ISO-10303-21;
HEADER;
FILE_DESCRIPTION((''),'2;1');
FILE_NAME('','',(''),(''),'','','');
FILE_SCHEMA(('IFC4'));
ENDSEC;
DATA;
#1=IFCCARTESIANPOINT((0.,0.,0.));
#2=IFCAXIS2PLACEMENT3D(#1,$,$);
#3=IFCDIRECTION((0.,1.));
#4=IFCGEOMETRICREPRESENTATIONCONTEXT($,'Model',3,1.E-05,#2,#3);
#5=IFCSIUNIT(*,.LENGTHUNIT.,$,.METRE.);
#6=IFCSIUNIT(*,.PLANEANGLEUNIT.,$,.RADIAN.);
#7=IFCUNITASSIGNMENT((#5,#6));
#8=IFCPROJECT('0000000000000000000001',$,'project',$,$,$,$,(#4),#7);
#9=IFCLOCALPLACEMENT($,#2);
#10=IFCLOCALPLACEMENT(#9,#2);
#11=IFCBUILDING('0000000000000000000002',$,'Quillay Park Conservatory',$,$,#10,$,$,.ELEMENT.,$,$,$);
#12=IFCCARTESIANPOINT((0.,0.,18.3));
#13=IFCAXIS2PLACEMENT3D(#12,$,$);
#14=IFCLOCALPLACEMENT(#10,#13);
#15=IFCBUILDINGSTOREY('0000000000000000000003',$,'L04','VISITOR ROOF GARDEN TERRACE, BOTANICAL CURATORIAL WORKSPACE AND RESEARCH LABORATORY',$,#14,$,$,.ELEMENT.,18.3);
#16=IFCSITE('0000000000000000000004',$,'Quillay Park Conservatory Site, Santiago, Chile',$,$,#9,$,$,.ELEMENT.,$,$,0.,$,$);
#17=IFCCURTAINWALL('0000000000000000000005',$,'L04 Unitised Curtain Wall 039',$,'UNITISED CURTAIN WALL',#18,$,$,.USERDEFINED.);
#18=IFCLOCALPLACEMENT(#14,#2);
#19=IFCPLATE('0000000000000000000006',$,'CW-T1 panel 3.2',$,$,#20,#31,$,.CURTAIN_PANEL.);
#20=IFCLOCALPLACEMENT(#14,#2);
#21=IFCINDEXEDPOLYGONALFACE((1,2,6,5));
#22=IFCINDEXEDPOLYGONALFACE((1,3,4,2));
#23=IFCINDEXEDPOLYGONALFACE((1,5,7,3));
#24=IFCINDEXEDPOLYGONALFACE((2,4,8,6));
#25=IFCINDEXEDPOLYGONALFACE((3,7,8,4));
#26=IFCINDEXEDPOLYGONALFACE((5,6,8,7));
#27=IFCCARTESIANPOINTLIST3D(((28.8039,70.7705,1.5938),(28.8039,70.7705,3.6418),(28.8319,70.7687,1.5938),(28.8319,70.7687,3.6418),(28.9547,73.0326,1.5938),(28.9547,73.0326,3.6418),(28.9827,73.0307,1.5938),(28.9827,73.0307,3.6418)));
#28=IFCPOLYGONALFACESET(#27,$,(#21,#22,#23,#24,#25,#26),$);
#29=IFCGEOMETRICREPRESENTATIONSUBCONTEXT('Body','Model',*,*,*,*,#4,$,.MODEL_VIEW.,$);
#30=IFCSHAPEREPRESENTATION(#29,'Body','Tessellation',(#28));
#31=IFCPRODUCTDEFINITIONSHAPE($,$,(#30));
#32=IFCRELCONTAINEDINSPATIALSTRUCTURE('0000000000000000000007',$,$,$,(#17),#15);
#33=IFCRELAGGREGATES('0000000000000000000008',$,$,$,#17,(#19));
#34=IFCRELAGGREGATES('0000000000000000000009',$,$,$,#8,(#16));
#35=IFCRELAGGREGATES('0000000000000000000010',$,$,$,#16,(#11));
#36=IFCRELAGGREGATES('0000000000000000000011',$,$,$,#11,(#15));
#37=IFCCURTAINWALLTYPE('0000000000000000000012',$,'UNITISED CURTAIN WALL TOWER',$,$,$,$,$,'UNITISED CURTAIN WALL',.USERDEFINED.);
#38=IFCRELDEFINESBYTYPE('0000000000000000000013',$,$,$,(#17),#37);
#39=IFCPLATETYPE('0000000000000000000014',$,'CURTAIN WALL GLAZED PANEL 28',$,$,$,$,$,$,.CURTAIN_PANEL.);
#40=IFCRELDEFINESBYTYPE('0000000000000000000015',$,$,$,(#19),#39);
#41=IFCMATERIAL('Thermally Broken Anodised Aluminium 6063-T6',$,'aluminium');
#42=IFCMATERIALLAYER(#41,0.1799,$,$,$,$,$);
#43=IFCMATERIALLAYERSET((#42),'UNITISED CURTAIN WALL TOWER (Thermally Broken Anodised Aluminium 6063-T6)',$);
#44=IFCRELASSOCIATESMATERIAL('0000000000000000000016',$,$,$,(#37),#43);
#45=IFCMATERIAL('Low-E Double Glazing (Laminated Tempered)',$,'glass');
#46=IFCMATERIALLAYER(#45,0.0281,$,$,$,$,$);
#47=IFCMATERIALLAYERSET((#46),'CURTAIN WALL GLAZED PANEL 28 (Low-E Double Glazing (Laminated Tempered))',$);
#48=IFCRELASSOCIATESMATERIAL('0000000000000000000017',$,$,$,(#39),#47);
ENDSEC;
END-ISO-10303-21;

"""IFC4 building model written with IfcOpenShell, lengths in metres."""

from ifc_helpers import new_model, si_unit, direction, frame, origin, origin_2d, place, context, subcontext, project, spatial, rectangle, extrude, material, layer, layer_set, type_object, element, aggregate, save


model = new_model("IFC4")

# Units and contexts
model_context = context("Model", 3, precision=1e-05, world=origin(), true_north=direction((0.0, 1.0)))
body_context = subcontext(model_context, "Body", "Model", "MODEL_VIEW")
ifc_project = project(units=[si_unit("LENGTHUNIT", "METRE"), si_unit("PLANEANGLEUNIT", "RADIAN")], contexts=[model_context])

# Site, building, storey
site_placement = place(None, origin())
site = spatial("IfcSite", under=ifc_project, at=site_placement, Name="Quillay Park Conservatory Site, Santiago, Chile", CompositionType="ELEMENT", RefElevation=0.0)
building_placement = place(site_placement, origin())
building = spatial("IfcBuilding", under=site, at=building_placement, Name="Quillay Park Conservatory", CompositionType="ELEMENT")
storey_placement = place(building_placement, frame((0.0, 0.0, 18.3)))
storey = spatial("IfcBuildingStorey", under=building, at=storey_placement, Name="L04", Description="VISITOR ROOF GARDEN TERRACE, BOTANICAL CURATORIAL WORKSPACE AND RESEARCH LABORATORY", CompositionType="ELEMENT", Elevation=18.3)

# Curtain wall
ifc_material_1 = material(Name="Thermally Broken Anodised Aluminium 6063-T6", Category="aluminium")
ifc_layer_1 = layer(ifc_material_1, 0.1799)
ifc_layer_set_1 = layer_set([ifc_layer_1], Name="UNITISED CURTAIN WALL TOWER (Thermally Broken Anodised Aluminium 6063-T6)")
curtain_wall_type = type_object("IfcCurtainWallType", Name="UNITISED CURTAIN WALL TOWER", ElementType="UNITISED CURTAIN WALL", PredefinedType="USERDEFINED", material=ifc_layer_set_1)
curtain_wall_1_placement = place(storey_placement, origin())
curtain_wall_1 = element("IfcCurtainWall", 1, at=curtain_wall_1_placement, inside=storey, type_object=curtain_wall_type, Name="L04 Unitised Curtain Wall 039", ObjectType="UNITISED CURTAIN WALL", PredefinedType="USERDEFINED")

# Plate
ifc_material_2 = material(Name="Low-E Double Glazing (Laminated Tempered)", Category="glass")
ifc_layer_2 = layer(ifc_material_2, 0.0281)
ifc_layer_set_2 = layer_set([ifc_layer_2], Name="CURTAIN WALL GLAZED PANEL 28 (Low-E Double Glazing (Laminated Tempered))")
plate_type = type_object("IfcPlateType", Name="CURTAIN WALL GLAZED PANEL 28", PredefinedType="CURTAIN_PANEL", material=ifc_layer_set_2)
plate_1_placement = place(storey_placement, frame((28.8933, 71.9006, 1.5938), z_axis=(0.0, 0.0, 1.0), x_axis=(-0.066521, -0.997785, 0.0)))
plate_1 = element("IfcPlate", 2, at=plate_1_placement, type_object=plate_type, Name="CW-T1 panel 3.2", PredefinedType="CURTAIN_PANEL", context=body_context, shape_type="SweptSolid", body=[
    extrude(rectangle(XDim=2.2671, YDim=0.0281, at=origin_2d()), origin(), (0.0, 0.0, 1.0), 2.0481),
])
aggregate(curtain_wall_1, [plate_1])

save(model, "model.ifc")
